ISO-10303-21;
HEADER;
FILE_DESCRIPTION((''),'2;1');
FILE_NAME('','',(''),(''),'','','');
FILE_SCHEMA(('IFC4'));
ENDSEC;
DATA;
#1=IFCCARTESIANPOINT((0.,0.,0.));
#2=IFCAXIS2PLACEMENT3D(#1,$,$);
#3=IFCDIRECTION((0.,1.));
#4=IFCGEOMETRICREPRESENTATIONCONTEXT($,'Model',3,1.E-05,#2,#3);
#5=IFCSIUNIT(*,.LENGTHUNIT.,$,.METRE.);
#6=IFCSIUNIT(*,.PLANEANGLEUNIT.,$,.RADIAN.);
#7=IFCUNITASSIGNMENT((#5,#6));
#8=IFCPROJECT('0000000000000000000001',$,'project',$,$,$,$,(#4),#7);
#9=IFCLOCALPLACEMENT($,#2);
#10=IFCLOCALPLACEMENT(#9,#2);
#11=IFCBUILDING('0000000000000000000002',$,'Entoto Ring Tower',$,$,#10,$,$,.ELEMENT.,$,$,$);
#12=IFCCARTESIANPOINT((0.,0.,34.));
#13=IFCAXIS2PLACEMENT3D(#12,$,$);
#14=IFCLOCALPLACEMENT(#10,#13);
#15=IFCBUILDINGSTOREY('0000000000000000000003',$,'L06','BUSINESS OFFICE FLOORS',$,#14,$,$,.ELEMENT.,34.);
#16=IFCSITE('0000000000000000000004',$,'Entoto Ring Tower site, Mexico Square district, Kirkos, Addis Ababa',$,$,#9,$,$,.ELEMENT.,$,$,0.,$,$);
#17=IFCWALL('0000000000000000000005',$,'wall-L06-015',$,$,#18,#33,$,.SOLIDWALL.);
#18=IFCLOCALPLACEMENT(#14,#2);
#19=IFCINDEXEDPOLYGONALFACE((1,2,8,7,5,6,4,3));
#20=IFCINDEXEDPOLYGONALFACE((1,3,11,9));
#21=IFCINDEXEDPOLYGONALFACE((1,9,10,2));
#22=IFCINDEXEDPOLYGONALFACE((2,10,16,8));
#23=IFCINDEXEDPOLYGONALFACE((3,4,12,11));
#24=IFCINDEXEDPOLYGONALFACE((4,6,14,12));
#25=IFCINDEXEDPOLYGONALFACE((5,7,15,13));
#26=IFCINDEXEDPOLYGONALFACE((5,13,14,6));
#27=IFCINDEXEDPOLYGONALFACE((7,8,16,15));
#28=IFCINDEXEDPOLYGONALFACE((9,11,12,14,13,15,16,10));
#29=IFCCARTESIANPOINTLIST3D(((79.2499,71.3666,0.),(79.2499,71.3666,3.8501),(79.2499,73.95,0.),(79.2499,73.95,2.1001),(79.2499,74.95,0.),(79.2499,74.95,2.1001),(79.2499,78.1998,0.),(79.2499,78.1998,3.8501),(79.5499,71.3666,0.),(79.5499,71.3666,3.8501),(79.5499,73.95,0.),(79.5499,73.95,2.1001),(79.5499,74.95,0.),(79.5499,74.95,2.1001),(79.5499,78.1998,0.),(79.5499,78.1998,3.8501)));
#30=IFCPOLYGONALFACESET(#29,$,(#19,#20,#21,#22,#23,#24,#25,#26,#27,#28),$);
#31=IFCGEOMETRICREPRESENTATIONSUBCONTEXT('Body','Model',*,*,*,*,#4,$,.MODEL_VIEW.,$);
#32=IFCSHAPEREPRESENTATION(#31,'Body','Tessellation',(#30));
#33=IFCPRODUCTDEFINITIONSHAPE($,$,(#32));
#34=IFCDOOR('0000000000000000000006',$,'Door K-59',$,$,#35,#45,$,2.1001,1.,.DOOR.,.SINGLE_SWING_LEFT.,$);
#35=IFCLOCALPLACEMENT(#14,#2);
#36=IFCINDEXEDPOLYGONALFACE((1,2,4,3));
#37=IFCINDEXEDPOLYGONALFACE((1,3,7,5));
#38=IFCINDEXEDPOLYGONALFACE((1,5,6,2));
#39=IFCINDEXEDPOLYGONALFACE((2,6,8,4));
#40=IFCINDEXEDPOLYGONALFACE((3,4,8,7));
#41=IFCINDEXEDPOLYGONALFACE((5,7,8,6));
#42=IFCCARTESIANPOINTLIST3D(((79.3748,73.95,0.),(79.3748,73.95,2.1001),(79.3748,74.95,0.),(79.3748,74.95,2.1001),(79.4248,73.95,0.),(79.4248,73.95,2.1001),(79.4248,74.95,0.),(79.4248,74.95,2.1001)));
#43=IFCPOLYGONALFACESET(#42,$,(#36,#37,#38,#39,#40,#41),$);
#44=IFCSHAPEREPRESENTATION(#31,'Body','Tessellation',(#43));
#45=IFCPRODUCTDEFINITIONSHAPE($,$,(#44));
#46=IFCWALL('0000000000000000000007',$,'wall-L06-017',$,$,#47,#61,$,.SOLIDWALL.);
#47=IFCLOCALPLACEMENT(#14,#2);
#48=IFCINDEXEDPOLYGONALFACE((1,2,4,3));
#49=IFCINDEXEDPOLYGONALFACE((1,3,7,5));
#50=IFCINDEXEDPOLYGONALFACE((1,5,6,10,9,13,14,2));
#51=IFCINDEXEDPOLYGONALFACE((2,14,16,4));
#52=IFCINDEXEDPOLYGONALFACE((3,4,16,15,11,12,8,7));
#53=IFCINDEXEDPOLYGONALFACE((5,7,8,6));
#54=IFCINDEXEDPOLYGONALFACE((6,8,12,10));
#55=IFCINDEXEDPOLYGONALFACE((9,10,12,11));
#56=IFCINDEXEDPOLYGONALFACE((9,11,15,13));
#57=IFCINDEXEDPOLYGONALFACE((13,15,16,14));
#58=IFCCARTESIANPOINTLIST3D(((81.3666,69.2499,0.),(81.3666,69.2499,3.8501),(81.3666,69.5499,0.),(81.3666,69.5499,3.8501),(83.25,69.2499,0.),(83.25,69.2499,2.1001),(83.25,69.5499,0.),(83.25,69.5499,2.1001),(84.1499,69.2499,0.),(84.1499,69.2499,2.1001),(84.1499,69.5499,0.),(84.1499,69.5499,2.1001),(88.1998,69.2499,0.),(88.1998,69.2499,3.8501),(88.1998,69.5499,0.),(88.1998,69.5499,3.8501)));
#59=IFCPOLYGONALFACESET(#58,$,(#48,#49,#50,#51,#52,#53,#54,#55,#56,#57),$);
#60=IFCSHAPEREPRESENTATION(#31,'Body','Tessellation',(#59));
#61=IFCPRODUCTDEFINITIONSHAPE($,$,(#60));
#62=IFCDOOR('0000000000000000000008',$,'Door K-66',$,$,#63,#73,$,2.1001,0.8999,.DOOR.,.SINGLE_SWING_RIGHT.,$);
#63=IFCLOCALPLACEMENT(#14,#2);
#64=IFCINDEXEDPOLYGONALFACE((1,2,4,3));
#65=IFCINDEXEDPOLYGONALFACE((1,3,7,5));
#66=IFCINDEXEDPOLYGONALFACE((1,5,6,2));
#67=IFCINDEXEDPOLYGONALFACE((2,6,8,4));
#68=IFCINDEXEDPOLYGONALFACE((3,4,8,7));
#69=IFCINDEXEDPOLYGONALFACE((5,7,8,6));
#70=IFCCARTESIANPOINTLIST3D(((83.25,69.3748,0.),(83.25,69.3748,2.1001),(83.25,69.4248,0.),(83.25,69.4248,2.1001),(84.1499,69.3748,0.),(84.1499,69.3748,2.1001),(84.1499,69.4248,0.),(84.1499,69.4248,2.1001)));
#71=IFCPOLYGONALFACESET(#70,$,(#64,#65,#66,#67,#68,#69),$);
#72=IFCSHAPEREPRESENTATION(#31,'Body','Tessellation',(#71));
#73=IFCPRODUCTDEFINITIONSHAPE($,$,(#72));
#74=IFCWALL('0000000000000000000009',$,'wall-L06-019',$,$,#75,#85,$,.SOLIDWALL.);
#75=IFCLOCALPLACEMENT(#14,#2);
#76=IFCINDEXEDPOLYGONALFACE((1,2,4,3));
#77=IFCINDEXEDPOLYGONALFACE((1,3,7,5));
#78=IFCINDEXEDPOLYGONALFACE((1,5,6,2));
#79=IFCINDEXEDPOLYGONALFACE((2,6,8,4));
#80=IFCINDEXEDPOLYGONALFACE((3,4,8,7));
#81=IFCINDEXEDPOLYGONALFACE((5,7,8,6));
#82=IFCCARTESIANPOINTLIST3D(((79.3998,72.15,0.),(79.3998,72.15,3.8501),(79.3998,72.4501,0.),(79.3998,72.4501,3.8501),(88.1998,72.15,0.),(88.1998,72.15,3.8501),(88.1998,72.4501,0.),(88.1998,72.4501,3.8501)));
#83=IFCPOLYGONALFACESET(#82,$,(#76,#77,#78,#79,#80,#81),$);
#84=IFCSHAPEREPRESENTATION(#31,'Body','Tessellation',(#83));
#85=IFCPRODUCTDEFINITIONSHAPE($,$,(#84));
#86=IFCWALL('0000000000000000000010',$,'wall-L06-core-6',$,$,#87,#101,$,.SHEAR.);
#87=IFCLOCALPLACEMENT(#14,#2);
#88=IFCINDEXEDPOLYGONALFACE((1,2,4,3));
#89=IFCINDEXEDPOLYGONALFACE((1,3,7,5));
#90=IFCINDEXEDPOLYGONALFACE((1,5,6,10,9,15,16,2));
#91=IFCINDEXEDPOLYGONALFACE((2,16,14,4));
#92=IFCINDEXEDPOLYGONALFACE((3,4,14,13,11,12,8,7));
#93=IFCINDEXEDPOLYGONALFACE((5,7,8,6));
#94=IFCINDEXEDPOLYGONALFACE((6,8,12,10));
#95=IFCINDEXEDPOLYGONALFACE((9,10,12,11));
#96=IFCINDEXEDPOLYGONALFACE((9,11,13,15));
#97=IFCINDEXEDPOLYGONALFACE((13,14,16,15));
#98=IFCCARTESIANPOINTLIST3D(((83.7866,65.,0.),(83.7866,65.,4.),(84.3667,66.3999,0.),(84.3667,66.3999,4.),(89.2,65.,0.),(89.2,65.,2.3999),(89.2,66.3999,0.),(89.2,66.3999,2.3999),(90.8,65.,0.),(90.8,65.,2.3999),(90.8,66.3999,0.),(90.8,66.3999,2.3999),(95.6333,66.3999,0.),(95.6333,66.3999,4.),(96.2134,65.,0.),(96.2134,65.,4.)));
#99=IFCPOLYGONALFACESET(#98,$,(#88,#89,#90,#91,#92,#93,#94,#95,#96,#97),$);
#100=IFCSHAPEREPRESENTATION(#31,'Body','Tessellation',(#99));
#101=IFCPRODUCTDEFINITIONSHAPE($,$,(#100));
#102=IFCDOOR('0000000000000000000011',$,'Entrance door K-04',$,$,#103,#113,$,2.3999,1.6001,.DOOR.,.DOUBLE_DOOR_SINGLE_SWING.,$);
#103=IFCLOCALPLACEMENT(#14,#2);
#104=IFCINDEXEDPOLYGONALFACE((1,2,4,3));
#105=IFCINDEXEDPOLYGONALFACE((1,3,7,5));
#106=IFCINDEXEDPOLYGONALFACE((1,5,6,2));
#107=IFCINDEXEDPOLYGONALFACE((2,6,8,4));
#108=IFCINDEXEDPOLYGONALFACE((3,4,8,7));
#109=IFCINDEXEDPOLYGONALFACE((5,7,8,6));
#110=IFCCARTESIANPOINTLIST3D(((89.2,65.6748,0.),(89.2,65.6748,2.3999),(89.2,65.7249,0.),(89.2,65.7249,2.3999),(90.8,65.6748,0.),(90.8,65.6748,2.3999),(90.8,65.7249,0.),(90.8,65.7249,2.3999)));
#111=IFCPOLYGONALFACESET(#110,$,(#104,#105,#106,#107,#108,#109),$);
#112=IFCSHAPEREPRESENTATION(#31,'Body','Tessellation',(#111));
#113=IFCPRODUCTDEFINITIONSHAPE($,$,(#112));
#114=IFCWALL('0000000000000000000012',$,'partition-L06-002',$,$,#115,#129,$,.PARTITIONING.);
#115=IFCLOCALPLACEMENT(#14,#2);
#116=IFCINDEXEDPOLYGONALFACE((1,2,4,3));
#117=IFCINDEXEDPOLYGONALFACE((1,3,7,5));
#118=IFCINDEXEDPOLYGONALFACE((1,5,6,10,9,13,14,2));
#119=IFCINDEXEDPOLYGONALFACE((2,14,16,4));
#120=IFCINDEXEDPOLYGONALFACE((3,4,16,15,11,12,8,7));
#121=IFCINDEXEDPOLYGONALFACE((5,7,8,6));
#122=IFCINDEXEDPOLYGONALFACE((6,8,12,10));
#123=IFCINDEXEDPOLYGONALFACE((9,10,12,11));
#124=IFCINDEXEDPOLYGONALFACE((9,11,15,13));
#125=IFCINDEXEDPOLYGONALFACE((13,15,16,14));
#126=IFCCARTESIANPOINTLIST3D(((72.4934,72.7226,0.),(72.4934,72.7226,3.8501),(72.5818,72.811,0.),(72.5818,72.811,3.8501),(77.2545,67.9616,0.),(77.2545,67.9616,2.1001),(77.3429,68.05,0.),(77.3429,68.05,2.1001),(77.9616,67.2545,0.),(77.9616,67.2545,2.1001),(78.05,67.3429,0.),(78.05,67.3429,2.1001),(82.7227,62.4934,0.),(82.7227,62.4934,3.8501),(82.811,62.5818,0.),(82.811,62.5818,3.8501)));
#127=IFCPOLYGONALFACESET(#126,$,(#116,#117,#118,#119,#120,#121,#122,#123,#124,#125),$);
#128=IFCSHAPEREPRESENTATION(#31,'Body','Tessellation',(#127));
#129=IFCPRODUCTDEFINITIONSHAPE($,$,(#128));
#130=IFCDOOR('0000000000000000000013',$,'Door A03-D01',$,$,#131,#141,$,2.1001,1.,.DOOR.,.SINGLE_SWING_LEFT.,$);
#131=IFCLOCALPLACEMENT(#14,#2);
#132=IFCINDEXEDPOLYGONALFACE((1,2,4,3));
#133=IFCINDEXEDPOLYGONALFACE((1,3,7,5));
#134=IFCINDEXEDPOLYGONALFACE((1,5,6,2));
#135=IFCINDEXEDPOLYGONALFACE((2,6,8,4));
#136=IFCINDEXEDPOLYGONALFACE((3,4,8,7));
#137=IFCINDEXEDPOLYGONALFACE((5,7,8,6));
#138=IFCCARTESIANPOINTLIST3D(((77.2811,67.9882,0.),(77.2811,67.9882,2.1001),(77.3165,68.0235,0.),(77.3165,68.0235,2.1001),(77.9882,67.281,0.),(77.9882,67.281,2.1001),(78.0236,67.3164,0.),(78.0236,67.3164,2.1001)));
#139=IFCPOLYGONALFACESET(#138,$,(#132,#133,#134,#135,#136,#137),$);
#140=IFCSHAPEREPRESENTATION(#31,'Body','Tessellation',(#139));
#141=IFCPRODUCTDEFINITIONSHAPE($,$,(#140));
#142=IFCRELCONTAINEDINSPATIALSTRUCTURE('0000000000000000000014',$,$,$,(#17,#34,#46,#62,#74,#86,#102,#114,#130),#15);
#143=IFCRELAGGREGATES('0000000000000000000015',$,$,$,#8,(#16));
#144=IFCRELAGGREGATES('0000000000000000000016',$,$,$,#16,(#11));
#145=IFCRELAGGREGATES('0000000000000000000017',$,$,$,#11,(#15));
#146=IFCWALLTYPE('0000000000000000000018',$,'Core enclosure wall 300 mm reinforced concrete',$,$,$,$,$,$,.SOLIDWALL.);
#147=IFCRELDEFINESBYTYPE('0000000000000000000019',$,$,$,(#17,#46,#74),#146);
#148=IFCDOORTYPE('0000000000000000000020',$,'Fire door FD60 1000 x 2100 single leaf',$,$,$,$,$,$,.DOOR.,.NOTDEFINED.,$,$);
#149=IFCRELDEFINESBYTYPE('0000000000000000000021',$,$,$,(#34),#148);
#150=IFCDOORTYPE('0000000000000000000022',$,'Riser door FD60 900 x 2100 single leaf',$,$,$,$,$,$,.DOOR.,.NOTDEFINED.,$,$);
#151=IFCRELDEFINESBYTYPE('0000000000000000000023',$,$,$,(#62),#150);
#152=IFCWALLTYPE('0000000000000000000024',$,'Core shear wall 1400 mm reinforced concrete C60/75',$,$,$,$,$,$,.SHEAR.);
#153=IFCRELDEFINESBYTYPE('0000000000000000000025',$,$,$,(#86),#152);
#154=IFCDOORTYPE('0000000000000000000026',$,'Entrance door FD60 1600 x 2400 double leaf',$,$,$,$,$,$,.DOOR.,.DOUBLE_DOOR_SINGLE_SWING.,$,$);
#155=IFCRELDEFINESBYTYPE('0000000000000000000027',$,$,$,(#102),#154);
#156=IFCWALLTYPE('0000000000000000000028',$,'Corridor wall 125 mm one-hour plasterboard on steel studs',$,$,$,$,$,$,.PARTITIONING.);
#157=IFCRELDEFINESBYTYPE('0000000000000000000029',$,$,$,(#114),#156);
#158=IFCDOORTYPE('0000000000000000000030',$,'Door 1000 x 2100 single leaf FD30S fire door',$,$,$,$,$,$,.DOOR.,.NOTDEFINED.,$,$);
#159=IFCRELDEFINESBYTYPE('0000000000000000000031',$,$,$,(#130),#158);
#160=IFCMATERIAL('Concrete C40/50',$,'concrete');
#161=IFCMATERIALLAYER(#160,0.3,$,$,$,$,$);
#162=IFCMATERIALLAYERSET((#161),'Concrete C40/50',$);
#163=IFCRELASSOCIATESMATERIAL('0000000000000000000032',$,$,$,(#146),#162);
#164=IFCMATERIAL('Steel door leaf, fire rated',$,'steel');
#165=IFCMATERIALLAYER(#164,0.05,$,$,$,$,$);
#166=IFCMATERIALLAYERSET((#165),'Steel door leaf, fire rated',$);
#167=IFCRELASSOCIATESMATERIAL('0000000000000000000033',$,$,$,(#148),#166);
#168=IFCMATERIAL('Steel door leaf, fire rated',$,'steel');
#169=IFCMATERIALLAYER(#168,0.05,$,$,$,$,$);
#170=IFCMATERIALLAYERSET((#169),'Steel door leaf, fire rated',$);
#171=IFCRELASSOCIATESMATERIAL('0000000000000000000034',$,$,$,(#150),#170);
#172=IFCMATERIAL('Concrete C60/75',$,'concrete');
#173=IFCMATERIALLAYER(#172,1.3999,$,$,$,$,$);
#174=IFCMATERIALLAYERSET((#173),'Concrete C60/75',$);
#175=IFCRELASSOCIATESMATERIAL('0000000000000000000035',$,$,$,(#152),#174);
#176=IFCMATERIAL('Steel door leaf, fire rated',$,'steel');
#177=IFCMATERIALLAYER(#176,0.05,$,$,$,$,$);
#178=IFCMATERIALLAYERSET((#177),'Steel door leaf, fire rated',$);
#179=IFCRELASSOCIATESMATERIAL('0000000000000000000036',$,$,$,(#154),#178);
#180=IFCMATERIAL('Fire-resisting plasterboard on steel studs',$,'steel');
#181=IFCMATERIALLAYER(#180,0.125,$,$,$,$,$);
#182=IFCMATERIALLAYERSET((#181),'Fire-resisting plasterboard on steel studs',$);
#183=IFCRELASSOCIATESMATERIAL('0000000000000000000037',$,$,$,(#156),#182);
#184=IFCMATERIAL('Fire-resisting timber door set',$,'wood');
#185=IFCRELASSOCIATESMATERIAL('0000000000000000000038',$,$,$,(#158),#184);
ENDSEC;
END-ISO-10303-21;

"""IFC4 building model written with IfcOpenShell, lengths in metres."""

from ifc_helpers import new_model, si_unit, direction, frame, frame_2d, origin, place, context, subcontext, project, spatial, polyline, rectangle, outline, extrude, material, layer, layer_set, type_object, element, fill, save


model = new_model("IFC4")

# Units and contexts
model_context = context("Model", 3, precision=1e-05, world=origin(), true_north=direction((0.0, 1.0)))
body_context = subcontext(model_context, "Body", "Model", "MODEL_VIEW")
ifc_project = project(units=[si_unit("LENGTHUNIT", "METRE"), si_unit("PLANEANGLEUNIT", "RADIAN")], contexts=[model_context])

# Site, building, storey
site_placement = place(None, origin())
site = spatial("IfcSite", under=ifc_project, at=site_placement, Name="Entoto Ring Tower site, Mexico Square district, Kirkos, Addis Ababa", CompositionType="ELEMENT", RefElevation=0.0)
building_placement = place(site_placement, origin())
building = spatial("IfcBuilding", under=site, at=building_placement, Name="Entoto Ring Tower", CompositionType="ELEMENT")
storey_placement = place(building_placement, frame((0.0, 0.0, 34.0)))
storey = spatial("IfcBuildingStorey", under=building, at=storey_placement, Name="L06", Description="BUSINESS OFFICE FLOORS", CompositionType="ELEMENT", Elevation=34.0)

# Walls, openings, doors
ifc_material_1 = material(Name="Concrete C40/50", Category="concrete")
ifc_layer_1 = layer(ifc_material_1, 0.3)
ifc_layer_set_1 = layer_set([ifc_layer_1], Name="Concrete C40/50")
wall_type_1 = type_object("IfcWallType", Name="Core enclosure wall 300 mm reinforced concrete", PredefinedType="SOLIDWALL", material=ifc_layer_set_1)
wall_1_placement = place(storey_placement, frame((79.3999, 71.3667, 0.0), z_axis=(0.0, 0.0, 1.0), x_axis=(0.0, 1.0, 0.0)))
wall_1 = element("IfcWall", 1, at=wall_1_placement, inside=storey, type_object=wall_type_1, Name="wall-L06-015", PredefinedType="SOLIDWALL", context=body_context, shape_type="SweptSolid", body=[
    extrude(rectangle(XDim=6.8333, YDim=0.3, at=frame_2d((3.4165, 0.0))), origin(), (0.0, 0.0, 1.0), 3.8501),
])
opening_1_placement = place(wall_1_placement, frame((2.5833, 0.0, 0.0)))
opening_1 = element("IfcOpeningElement", 2, at=opening_1_placement, cuts=wall_1, PredefinedType="OPENING", context=body_context, shape_type="SweptSolid", body=[
    extrude(rectangle(XDim=1.0, YDim=2.1001, at=frame_2d((0.5, 1.05))), frame((0.0, 0.1602, 0.0), z_axis=(0.0, -1.0, 0.0), x_axis=(1.0, 0.0, 0.0)), (0.0, 0.0, 1.0), 0.3201),
])
ifc_material_2 = material(Name="Steel door leaf, fire rated", Category="steel")
ifc_layer_2 = layer(ifc_material_2, 0.05)
ifc_layer_set_2 = layer_set([ifc_layer_2], Name="Steel door leaf, fire rated")
door_type_1 = type_object("IfcDoorType", Name="Fire door FD60 1000 x 2100 single leaf", OperationType="NOTDEFINED", PredefinedType="DOOR", material=ifc_layer_set_2)
door_1_placement = place(opening_1_placement, frame((1.0, 0.0, 0.0), z_axis=(0.0, 0.0, 1.0), x_axis=(-1.0, 0.0, 0.0)))
door_1 = element("IfcDoor", 3, at=door_1_placement, inside=storey, type_object=door_type_1, Name="Door K-59", OperationType="SINGLE_SWING_LEFT", OverallHeight=2.1001, OverallWidth=1.0, PredefinedType="DOOR", context=body_context, shape_type="SweptSolid", body=[
    extrude(rectangle(XDim=1.0, YDim=2.1001, at=frame_2d((0.5, 1.05))), frame((0.0, 0.0249, 0.0), z_axis=(0.0, -1.0, 0.0), x_axis=(1.0, 0.0, 0.0)), (0.0, 0.0, 1.0), 0.05),
])
fill(opening_1, door_1)
wall_2_placement = place(storey_placement, frame((81.3667, 69.3999, 0.0), z_axis=(0.0, 0.0, 1.0), x_axis=(1.0, 0.0, 0.0)))
wall_2 = element("IfcWall", 4, at=wall_2_placement, inside=storey, type_object=wall_type_1, Name="wall-L06-017", PredefinedType="SOLIDWALL", context=body_context, shape_type="SweptSolid", body=[
    extrude(rectangle(XDim=6.8333, YDim=0.3, at=frame_2d((3.4165, 0.0))), origin(), (0.0, 0.0, 1.0), 3.8501),
])
opening_2_placement = place(wall_2_placement, frame((1.8833, 0.0, 0.0)))
opening_2 = element("IfcOpeningElement", 5, at=opening_2_placement, cuts=wall_2, PredefinedType="OPENING", context=body_context, shape_type="SweptSolid", body=[
    extrude(rectangle(XDim=0.8999, YDim=2.1001, at=frame_2d((0.45, 1.05))), frame((0.0, 0.1602, 0.0), z_axis=(0.0, -1.0, 0.0), x_axis=(1.0, 0.0, 0.0)), (0.0, 0.0, 1.0), 0.3201),
])
ifc_material_3 = material(Name="Steel door leaf, fire rated", Category="steel")
ifc_layer_3 = layer(ifc_material_3, 0.05)
ifc_layer_set_3 = layer_set([ifc_layer_3], Name="Steel door leaf, fire rated")
door_type_2 = type_object("IfcDoorType", Name="Riser door FD60 900 x 2100 single leaf", OperationType="NOTDEFINED", PredefinedType="DOOR", material=ifc_layer_set_3)
door_2_placement = place(opening_2_placement, origin())
door_2 = element("IfcDoor", 6, at=door_2_placement, inside=storey, type_object=door_type_2, Name="Door K-66", OperationType="SINGLE_SWING_RIGHT", OverallHeight=2.1001, OverallWidth=0.8999, PredefinedType="DOOR", context=body_context, shape_type="SweptSolid", body=[
    extrude(rectangle(XDim=0.8999, YDim=2.1001, at=frame_2d((0.45, 1.05))), frame((0.0, 0.0249, 0.0), z_axis=(0.0, -1.0, 0.0), x_axis=(1.0, 0.0, 0.0)), (0.0, 0.0, 1.0), 0.05),
])
fill(opening_2, door_2)

# Wall
wall_3_placement = place(storey_placement, frame((79.3999, 72.3, 0.0), z_axis=(0.0, 0.0, 1.0), x_axis=(1.0, 0.0, 0.0)))
element("IfcWall", 7, at=wall_3_placement, inside=storey, type_object=wall_type_1, Name="wall-L06-019", PredefinedType="SOLIDWALL", context=body_context, shape_type="SweptSolid", body=[
    extrude(rectangle(XDim=8.8, YDim=0.3, at=frame_2d((4.3999, 0.0))), origin(), (0.0, 0.0, 1.0), 3.8501),
])

# Walls, openings, doors
ifc_material_4 = material(Name="Concrete C60/75", Category="concrete")
ifc_layer_4 = layer(ifc_material_4, 1.3999)
ifc_layer_set_4 = layer_set([ifc_layer_4], Name="Concrete C60/75")
wall_type_2 = type_object("IfcWallType", Name="Core shear wall 1400 mm reinforced concrete C60/75", PredefinedType="SHEAR", material=ifc_layer_set_4)
wall_4_placement = place(storey_placement, frame((84.0767, 65.7, 0.0), z_axis=(0.0, 0.0, 1.0), x_axis=(1.0, 0.0, 0.0)))
wall_4 = element("IfcWall", 8, at=wall_4_placement, inside=storey, type_object=wall_type_2, Name="wall-L06-core-6", PredefinedType="SHEAR", context=body_context, shape_type="SweptSolid", body=[
    extrude(outline(polyline([(-0.29, -0.7), (12.1367, -0.7), (11.5566, 0.7), (0.29, 0.7), (-0.29, -0.7)])), origin(), (0.0, 0.0, 1.0), 4.0),
])
opening_3_placement = place(wall_4_placement, frame((5.1233, 0.0, 0.0)))
opening_3 = element("IfcOpeningElement", 9, at=opening_3_placement, cuts=wall_4, PredefinedType="OPENING", context=body_context, shape_type="SweptSolid", body=[
    extrude(rectangle(XDim=1.6001, YDim=2.3999, at=frame_2d((0.8, 1.2))), frame((0.0, 0.71, 0.0), z_axis=(0.0, -1.0, 0.0), x_axis=(1.0, 0.0, 0.0)), (0.0, 0.0, 1.0), 1.4199),
])
ifc_material_5 = material(Name="Steel door leaf, fire rated", Category="steel")
ifc_layer_5 = layer(ifc_material_5, 0.05)
ifc_layer_set_5 = layer_set([ifc_layer_5], Name="Steel door leaf, fire rated")
door_type_3 = type_object("IfcDoorType", Name="Entrance door FD60 1600 x 2400 double leaf", OperationType="DOUBLE_DOOR_SINGLE_SWING", PredefinedType="DOOR", material=ifc_layer_set_5)
door_3_placement = place(opening_3_placement, origin())
door_3 = element("IfcDoor", 10, at=door_3_placement, inside=storey, type_object=door_type_3, Name="Entrance door K-04", OperationType="DOUBLE_DOOR_SINGLE_SWING", OverallHeight=2.3999, OverallWidth=1.6001, PredefinedType="DOOR", context=body_context, shape_type="SweptSolid", body=[
    extrude(rectangle(XDim=1.6001, YDim=2.3999, at=frame_2d((0.8, 1.2))), frame((0.0, 0.0249, 0.0), z_axis=(0.0, -1.0, 0.0), x_axis=(1.0, 0.0, 0.0)), (0.0, 0.0, 1.0), 0.05),
])
fill(opening_3, door_3)
ifc_material_6 = material(Name="Fire-resisting plasterboard on steel studs", Category="steel")
ifc_layer_6 = layer(ifc_material_6, 0.125)
ifc_layer_set_6 = layer_set([ifc_layer_6], Name="Fire-resisting plasterboard on steel studs")
wall_type_3 = type_object("IfcWallType", Name="Corridor wall 125 mm one-hour plasterboard on steel studs", PredefinedType="PARTITIONING", material=ifc_layer_set_6)
wall_5_placement = place(storey_placement, frame((82.7668, 62.5376, 0.0), z_axis=(0.0, 0.0, 1.0), x_axis=(-0.707107, 0.707107, 0.0)))
wall_5 = element("IfcWall", 11, at=wall_5_placement, inside=storey, type_object=wall_type_3, Name="partition-L06-002", PredefinedType="PARTITIONING", context=body_context, shape_type="SweptSolid", body=[
    extrude(rectangle(XDim=14.4663, YDim=0.125, at=frame_2d((7.2332, 0.0))), origin(), (0.0, 0.0, 1.0), 3.8501),
])
opening_4_placement = place(wall_5_placement, frame((6.7332, 0.0, 0.0)))
opening_4 = element("IfcOpeningElement", 12, at=opening_4_placement, cuts=wall_5, PredefinedType="OPENING", context=body_context, shape_type="SweptSolid", body=[
    extrude(rectangle(XDim=1.0, YDim=2.1001, at=frame_2d((0.5, 1.05))), frame((0.0, 0.0725, 0.0), z_axis=(0.0, -1.0, 0.0), x_axis=(1.0, 0.0, 0.0)), (0.0, 0.0, 1.0), 0.145),
])
ifc_material_7 = material(Name="Fire-resisting timber door set", Category="wood")
door_type_4 = type_object("IfcDoorType", Name="Door 1000 x 2100 single leaf FD30S fire door", OperationType="NOTDEFINED", PredefinedType="DOOR", material=ifc_material_7)
door_4_placement = place(opening_4_placement, origin())
door_4 = element("IfcDoor", 13, at=door_4_placement, inside=storey, type_object=door_type_4, Name="Door A03-D01", OperationType="SINGLE_SWING_LEFT", OverallHeight=2.1001, OverallWidth=1.0, PredefinedType="DOOR", context=body_context, shape_type="SweptSolid", body=[
    extrude(rectangle(XDim=1.0, YDim=2.1001, at=frame_2d((0.5, 1.05))), frame((0.0, 0.0249, 0.0), z_axis=(0.0, -1.0, 0.0), x_axis=(1.0, 0.0, 0.0)), (0.0, 0.0, 1.0), 0.05),
])
fill(opening_4, door_4)

save(model, "model.ifc")
